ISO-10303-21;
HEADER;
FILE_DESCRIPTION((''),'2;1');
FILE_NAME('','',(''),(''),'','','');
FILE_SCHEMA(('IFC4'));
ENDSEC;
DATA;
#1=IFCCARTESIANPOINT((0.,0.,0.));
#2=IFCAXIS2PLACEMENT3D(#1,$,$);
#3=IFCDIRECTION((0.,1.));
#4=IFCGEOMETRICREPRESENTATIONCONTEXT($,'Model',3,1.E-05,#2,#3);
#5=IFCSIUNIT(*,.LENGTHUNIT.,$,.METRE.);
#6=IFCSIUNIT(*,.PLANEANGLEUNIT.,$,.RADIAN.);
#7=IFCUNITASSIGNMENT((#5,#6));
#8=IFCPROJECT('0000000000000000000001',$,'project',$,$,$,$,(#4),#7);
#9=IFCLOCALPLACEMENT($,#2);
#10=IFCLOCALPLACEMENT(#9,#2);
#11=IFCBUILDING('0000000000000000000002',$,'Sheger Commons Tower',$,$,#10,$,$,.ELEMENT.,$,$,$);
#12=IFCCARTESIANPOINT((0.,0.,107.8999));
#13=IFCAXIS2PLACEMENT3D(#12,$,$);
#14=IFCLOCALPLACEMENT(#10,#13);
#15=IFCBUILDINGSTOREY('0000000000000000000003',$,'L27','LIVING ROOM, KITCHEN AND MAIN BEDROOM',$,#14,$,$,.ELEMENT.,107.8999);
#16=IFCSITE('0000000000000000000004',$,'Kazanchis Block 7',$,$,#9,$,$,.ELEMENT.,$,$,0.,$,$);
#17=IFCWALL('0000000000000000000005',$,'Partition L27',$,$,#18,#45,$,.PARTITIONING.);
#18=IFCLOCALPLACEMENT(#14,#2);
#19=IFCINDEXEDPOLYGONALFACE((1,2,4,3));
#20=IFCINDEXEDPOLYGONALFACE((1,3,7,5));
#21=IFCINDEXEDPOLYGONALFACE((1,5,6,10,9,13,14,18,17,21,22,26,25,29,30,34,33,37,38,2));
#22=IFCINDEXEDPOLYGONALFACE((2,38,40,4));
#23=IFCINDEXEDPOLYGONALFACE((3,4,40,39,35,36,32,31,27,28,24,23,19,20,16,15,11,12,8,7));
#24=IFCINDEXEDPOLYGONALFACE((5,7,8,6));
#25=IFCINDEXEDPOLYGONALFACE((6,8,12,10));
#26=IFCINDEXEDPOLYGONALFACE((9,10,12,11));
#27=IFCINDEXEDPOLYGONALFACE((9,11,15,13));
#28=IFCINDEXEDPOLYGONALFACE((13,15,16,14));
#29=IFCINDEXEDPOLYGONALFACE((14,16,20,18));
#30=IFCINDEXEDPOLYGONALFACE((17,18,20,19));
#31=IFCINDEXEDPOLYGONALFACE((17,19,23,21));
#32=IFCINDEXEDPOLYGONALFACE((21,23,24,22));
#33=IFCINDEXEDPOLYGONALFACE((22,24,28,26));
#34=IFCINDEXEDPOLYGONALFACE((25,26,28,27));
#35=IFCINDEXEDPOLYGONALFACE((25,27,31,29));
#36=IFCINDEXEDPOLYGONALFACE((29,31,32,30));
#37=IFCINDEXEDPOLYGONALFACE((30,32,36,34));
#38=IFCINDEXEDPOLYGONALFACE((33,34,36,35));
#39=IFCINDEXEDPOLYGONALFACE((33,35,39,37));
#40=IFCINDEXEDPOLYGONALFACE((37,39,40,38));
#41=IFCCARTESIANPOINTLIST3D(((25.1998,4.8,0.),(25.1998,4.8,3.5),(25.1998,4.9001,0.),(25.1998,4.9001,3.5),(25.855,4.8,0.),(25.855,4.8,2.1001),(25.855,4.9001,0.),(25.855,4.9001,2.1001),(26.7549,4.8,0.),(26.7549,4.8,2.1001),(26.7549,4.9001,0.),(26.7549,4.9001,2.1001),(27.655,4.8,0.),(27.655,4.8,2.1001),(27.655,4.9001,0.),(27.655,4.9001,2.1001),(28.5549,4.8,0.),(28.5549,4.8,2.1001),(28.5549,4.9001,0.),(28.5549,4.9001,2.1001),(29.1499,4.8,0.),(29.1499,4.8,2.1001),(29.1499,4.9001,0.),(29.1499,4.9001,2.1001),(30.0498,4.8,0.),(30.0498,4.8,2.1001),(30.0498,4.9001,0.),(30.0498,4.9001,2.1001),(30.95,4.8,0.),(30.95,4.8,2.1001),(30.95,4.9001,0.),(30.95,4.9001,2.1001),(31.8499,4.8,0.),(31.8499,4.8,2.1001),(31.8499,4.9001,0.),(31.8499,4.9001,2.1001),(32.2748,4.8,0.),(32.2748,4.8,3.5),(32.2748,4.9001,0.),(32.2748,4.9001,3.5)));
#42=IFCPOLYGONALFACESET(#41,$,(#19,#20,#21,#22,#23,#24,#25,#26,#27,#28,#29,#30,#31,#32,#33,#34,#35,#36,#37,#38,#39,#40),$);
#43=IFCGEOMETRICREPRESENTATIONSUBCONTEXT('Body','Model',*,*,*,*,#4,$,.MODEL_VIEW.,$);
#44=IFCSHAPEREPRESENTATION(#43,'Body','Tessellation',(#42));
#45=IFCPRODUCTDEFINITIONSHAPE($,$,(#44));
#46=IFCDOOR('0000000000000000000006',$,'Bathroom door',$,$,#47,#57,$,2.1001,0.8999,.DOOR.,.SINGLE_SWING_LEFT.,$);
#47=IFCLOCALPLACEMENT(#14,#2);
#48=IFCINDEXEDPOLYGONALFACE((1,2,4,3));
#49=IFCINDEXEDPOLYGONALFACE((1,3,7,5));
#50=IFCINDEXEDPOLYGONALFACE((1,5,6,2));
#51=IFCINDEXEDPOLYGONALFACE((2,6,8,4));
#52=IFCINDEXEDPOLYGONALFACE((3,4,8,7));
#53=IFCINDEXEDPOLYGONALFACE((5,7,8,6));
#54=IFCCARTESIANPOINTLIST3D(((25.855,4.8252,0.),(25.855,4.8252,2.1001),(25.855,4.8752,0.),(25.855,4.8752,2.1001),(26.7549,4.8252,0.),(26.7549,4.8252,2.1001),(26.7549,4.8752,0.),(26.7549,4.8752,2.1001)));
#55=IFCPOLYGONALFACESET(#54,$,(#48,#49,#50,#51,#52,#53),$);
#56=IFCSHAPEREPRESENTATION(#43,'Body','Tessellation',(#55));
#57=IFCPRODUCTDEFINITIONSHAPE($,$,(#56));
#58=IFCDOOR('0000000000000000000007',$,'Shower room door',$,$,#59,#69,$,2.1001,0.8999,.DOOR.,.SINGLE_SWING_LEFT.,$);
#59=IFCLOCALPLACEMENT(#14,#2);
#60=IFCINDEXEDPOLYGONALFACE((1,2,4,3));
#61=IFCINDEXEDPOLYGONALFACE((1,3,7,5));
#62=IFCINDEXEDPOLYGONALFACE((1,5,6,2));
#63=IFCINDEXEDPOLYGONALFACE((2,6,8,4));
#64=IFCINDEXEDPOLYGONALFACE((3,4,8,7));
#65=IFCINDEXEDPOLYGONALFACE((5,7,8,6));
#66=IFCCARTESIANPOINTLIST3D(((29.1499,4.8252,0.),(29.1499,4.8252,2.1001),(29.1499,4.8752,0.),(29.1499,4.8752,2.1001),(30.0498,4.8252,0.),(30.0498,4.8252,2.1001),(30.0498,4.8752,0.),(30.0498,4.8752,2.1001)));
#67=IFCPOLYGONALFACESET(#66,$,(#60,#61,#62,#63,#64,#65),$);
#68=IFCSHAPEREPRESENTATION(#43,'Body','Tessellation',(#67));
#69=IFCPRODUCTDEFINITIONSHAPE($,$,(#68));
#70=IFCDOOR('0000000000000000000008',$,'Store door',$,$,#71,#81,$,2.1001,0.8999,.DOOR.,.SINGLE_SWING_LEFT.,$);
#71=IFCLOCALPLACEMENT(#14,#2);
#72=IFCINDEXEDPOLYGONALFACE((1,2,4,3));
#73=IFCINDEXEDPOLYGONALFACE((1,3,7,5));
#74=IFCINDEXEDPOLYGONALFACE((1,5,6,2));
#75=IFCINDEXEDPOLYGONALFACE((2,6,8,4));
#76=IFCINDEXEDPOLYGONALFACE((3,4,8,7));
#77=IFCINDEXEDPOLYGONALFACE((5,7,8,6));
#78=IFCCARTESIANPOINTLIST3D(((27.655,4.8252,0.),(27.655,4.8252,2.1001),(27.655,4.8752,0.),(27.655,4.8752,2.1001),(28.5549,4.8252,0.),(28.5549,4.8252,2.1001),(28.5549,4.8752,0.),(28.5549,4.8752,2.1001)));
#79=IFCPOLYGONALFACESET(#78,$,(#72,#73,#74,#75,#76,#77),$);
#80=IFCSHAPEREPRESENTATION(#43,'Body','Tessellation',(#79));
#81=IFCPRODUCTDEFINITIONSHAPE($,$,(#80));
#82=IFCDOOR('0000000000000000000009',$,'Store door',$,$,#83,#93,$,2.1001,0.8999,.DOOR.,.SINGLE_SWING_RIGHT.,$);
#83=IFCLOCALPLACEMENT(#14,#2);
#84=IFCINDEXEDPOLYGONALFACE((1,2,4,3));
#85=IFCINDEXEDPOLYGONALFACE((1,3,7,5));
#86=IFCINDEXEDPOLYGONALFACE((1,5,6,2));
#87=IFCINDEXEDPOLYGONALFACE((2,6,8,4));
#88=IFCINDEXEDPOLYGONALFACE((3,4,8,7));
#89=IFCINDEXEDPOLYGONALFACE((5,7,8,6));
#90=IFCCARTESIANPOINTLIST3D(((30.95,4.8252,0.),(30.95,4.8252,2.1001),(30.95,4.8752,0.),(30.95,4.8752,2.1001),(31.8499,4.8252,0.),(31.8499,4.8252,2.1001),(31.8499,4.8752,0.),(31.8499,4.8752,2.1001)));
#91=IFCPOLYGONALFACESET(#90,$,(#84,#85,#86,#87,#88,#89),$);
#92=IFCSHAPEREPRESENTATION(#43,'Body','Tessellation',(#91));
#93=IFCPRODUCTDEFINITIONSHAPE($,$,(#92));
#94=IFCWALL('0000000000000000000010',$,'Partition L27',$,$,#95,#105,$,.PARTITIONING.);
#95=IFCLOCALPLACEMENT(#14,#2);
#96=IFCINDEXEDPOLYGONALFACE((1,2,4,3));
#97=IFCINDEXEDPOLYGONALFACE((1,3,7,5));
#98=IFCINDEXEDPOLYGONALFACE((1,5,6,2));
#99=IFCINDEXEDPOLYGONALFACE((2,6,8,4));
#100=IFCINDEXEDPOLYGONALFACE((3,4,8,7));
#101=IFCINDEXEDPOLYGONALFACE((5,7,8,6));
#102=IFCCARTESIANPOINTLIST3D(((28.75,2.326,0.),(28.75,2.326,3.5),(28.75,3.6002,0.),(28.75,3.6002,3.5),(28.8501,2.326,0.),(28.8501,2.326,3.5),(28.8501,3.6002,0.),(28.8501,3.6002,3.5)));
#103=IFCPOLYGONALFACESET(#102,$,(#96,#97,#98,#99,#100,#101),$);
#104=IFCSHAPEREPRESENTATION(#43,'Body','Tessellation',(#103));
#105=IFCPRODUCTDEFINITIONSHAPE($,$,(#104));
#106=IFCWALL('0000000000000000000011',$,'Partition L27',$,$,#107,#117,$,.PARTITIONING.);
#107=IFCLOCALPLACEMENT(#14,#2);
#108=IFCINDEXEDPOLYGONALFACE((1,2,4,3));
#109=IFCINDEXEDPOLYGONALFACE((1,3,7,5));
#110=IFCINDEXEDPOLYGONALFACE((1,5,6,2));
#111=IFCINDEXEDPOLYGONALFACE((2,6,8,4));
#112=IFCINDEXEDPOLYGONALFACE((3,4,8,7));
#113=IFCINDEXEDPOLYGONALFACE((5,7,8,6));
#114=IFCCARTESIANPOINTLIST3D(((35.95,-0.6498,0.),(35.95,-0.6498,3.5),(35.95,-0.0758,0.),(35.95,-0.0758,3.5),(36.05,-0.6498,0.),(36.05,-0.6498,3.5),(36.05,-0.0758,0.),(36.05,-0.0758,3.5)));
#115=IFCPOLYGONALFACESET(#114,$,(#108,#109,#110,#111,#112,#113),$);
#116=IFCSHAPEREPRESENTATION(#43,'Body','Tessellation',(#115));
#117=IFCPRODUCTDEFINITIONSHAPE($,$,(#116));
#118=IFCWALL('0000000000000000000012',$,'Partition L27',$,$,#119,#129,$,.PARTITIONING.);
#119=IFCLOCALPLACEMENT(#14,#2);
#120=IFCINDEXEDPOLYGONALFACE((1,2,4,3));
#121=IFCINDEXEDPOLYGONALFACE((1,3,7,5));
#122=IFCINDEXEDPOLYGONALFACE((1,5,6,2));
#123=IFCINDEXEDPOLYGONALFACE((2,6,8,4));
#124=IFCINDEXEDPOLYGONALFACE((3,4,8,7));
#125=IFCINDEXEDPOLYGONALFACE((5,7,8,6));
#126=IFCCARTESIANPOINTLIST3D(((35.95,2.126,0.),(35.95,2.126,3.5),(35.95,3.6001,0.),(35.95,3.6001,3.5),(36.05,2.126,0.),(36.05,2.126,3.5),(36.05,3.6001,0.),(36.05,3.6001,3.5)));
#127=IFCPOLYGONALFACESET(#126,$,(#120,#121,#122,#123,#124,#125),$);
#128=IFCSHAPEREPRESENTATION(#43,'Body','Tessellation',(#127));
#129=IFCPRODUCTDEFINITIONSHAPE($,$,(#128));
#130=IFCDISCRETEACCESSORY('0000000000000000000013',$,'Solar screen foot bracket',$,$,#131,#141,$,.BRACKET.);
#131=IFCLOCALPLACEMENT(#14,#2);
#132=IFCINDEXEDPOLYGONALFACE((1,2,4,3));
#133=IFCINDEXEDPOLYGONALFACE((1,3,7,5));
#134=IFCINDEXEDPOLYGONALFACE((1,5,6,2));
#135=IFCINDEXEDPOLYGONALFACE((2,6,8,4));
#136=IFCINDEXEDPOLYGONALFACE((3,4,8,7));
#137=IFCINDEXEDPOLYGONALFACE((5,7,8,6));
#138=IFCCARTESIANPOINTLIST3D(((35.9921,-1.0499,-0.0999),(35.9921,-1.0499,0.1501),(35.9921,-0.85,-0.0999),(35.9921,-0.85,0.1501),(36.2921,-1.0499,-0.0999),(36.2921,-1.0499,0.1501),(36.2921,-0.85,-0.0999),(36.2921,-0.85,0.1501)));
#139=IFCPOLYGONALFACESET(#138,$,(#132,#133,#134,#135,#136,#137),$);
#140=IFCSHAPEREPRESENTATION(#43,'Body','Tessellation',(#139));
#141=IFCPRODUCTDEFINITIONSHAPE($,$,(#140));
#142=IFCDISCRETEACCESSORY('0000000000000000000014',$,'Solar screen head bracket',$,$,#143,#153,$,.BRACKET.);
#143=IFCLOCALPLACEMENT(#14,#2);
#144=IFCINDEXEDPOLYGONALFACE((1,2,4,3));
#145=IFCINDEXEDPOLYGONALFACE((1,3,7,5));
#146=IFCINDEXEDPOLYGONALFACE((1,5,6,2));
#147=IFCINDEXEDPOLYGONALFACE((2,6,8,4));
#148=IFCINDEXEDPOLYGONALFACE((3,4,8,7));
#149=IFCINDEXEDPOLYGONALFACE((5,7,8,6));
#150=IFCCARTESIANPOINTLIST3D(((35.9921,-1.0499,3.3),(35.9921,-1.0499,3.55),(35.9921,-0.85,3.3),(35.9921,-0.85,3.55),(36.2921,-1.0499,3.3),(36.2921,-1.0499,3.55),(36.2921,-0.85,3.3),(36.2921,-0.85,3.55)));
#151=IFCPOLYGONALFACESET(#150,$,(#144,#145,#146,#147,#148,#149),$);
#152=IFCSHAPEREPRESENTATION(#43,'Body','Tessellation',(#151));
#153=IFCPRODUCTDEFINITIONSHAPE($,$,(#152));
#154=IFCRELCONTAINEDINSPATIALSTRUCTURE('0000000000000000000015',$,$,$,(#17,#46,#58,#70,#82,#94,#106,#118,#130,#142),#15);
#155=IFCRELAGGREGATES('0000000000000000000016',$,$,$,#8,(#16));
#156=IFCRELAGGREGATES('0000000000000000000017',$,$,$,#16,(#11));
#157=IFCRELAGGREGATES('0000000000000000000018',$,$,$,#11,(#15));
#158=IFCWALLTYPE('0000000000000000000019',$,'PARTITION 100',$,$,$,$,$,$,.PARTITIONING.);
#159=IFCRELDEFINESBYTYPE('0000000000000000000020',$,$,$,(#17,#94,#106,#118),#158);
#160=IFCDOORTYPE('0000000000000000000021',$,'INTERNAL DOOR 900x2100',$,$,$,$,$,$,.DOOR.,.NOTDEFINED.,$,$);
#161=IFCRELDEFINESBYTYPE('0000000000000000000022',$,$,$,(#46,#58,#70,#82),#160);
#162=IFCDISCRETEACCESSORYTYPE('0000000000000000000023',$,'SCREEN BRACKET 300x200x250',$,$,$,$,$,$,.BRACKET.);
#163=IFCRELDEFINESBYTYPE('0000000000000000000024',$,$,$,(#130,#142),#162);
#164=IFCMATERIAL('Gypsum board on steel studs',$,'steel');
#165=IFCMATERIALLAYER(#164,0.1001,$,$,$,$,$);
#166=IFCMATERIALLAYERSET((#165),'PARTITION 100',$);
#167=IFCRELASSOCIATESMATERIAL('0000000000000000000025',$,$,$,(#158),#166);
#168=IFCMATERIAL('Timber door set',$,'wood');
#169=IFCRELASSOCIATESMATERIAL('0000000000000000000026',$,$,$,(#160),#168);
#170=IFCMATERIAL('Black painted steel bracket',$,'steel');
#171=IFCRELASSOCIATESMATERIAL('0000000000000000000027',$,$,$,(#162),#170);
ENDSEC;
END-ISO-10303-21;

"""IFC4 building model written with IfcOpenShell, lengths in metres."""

from ifc_helpers import new_model, si_unit, direction, frame, frame_2d, origin, origin_2d, place, context, subcontext, project, spatial, rectangle, extrude, material, layer, layer_set, type_object, element, fill, save


model = new_model("IFC4")

# Units and contexts
model_context = context("Model", 3, precision=1e-05, world=origin(), true_north=direction((0.0, 1.0)))
body_context = subcontext(model_context, "Body", "Model", "MODEL_VIEW")
ifc_project = project(units=[si_unit("LENGTHUNIT", "METRE"), si_unit("PLANEANGLEUNIT", "RADIAN")], contexts=[model_context])

# Site, building, storey
site_placement = place(None, origin())
site = spatial("IfcSite", under=ifc_project, at=site_placement, Name="Kazanchis Block 7", CompositionType="ELEMENT", RefElevation=0.0)
building_placement = place(site_placement, origin())
building = spatial("IfcBuilding", under=site, at=building_placement, Name="Sheger Commons Tower", CompositionType="ELEMENT")
storey_placement = place(building_placement, frame((0.0, 0.0, 107.8999)))
storey = spatial("IfcBuildingStorey", under=building, at=storey_placement, Name="L27", Description="LIVING ROOM, KITCHEN AND MAIN BEDROOM", CompositionType="ELEMENT", Elevation=107.8999)

# Wall, openings, doors
ifc_material_1 = material(Name="Gypsum board on steel studs", Category="steel")
ifc_layer_1 = layer(ifc_material_1, 0.1001)
ifc_layer_set_1 = layer_set([ifc_layer_1], Name="PARTITION 100")
wall_type_1 = type_object("IfcWallType", Name="PARTITION 100", PredefinedType="PARTITIONING", material=ifc_layer_set_1)
ifc_material_2 = material(Name="Timber door set", Category="wood")
door_type = type_object("IfcDoorType", Name="INTERNAL DOOR 900x2100", OperationType="NOTDEFINED", PredefinedType="DOOR", material=ifc_material_2)
wall_1_placement = place(storey_placement, frame((32.2749, 4.8501, 0.0), z_axis=(0.0, 0.0, 1.0), x_axis=(-1.0, 0.0, 0.0)))
wall_1 = element("IfcWall", 1, at=wall_1_placement, inside=storey, type_object=wall_type_1, Name="Partition L27", PredefinedType="PARTITIONING", context=body_context, shape_type="SweptSolid", body=[
    extrude(rectangle(XDim=7.075, YDim=0.1001, at=frame_2d((3.5376, 0.0))), origin(), (0.0, 0.0, 1.0), 3.5),
])
opening_1_placement = place(wall_1_placement, frame((5.52, 0.0, 0.0)))
opening_1 = element("IfcOpeningElement", 2, at=opening_1_placement, cuts=wall_1, PredefinedType="OPENING", context=body_context, shape_type="SweptSolid", body=[
    extrude(rectangle(XDim=0.8999, YDim=2.1001, at=frame_2d((0.45, 1.05))), frame((0.0, 0.0601, 0.0), z_axis=(0.0, -1.0, 0.0), x_axis=(1.0, 0.0, 0.0)), (0.0, 0.0, 1.0), 0.1201),
])
opening_2_placement = place(wall_1_placement, frame((2.2251, 0.0, 0.0)))
opening_2 = element("IfcOpeningElement", 3, at=opening_2_placement, cuts=wall_1, PredefinedType="OPENING", context=body_context, shape_type="SweptSolid", body=[
    extrude(rectangle(XDim=0.8999, YDim=2.1001, at=frame_2d((0.45, 1.05))), frame((0.0, 0.0601, 0.0), z_axis=(0.0, -1.0, 0.0), x_axis=(1.0, 0.0, 0.0)), (0.0, 0.0, 1.0), 0.1201),
])
opening_3_placement = place(wall_1_placement, frame((3.72, 0.0, 0.0)))
opening_3 = element("IfcOpeningElement", 4, at=opening_3_placement, cuts=wall_1, PredefinedType="OPENING", context=body_context, shape_type="SweptSolid", body=[
    extrude(rectangle(XDim=0.8999, YDim=2.1001, at=frame_2d((0.45, 1.05))), frame((0.0, 0.0601, 0.0), z_axis=(0.0, -1.0, 0.0), x_axis=(1.0, 0.0, 0.0)), (0.0, 0.0, 1.0), 0.1201),
])
opening_4_placement = place(wall_1_placement, frame((0.425, 0.0, 0.0)))
opening_4 = element("IfcOpeningElement", 5, at=opening_4_placement, cuts=wall_1, PredefinedType="OPENING", context=body_context, shape_type="SweptSolid", body=[
    extrude(rectangle(XDim=0.8999, YDim=2.1001, at=frame_2d((0.45, 1.05))), frame((0.0, 0.0601, 0.0), z_axis=(0.0, -1.0, 0.0), x_axis=(1.0, 0.0, 0.0)), (0.0, 0.0, 1.0), 0.1201),
])
door_1_placement = place(opening_1_placement, origin())
door_1 = element("IfcDoor", 6, at=door_1_placement, inside=storey, type_object=door_type, Name="Bathroom door", OperationType="SINGLE_SWING_LEFT", OverallHeight=2.1001, OverallWidth=0.8999, PredefinedType="DOOR", context=body_context, shape_type="SweptSolid", body=[
    extrude(rectangle(XDim=0.8999, YDim=2.1001, at=frame_2d((0.45, 1.05))), frame((0.0, 0.0249, 0.0), z_axis=(0.0, -1.0, 0.0), x_axis=(1.0, 0.0, 0.0)), (0.0, 0.0, 1.0), 0.05),
])
fill(opening_1, door_1)
door_2_placement = place(opening_2_placement, origin())
door_2 = element("IfcDoor", 7, at=door_2_placement, inside=storey, type_object=door_type, Name="Shower room door", OperationType="SINGLE_SWING_LEFT", OverallHeight=2.1001, OverallWidth=0.8999, PredefinedType="DOOR", context=body_context, shape_type="SweptSolid", body=[
    extrude(rectangle(XDim=0.8999, YDim=2.1001, at=frame_2d((0.45, 1.05))), frame((0.0, 0.0249, 0.0), z_axis=(0.0, -1.0, 0.0), x_axis=(1.0, 0.0, 0.0)), (0.0, 0.0, 1.0), 0.05),
])
fill(opening_2, door_2)
door_3_placement = place(opening_3_placement, origin())
door_3 = element("IfcDoor", 8, at=door_3_placement, inside=storey, type_object=door_type, Name="Store door", OperationType="SINGLE_SWING_LEFT", OverallHeight=2.1001, OverallWidth=0.8999, PredefinedType="DOOR", context=body_context, shape_type="SweptSolid", body=[
    extrude(rectangle(XDim=0.8999, YDim=2.1001, at=frame_2d((0.45, 1.05))), frame((0.0, 0.0249, 0.0), z_axis=(0.0, -1.0, 0.0), x_axis=(1.0, 0.0, 0.0)), (0.0, 0.0, 1.0), 0.05),
])
fill(opening_3, door_3)
door_4_placement = place(opening_4_placement, origin())
door_4 = element("IfcDoor", 9, at=door_4_placement, inside=storey, type_object=door_type, Name="Store door", OperationType="SINGLE_SWING_RIGHT", OverallHeight=2.1001, OverallWidth=0.8999, PredefinedType="DOOR", context=body_context, shape_type="SweptSolid", body=[
    extrude(rectangle(XDim=0.8999, YDim=2.1001, at=frame_2d((0.45, 1.05))), frame((0.0, 0.0249, 0.0), z_axis=(0.0, -1.0, 0.0), x_axis=(1.0, 0.0, 0.0)), (0.0, 0.0, 1.0), 0.05),
])
fill(opening_4, door_4)

# Walls
wall_2_placement = place(storey_placement, frame((28.8, 2.3259, 0.0), z_axis=(0.0, 0.0, 1.0), x_axis=(0.0, 1.0, 0.0)))
element("IfcWall", 10, at=wall_2_placement, inside=storey, type_object=wall_type_1, Name="Partition L27", PredefinedType="PARTITIONING", context=body_context, shape_type="SweptSolid", body=[
    extrude(rectangle(XDim=1.2742, YDim=0.1001, at=frame_2d((0.6372, 0.0))), origin(), (0.0, 0.0, 1.0), 3.5),
])
wall_3_placement = place(storey_placement, frame((36.0, -0.6499, 0.0), z_axis=(0.0, 0.0, 1.0), x_axis=(0.0, 1.0, 0.0)))
element("IfcWall", 11, at=wall_3_placement, inside=storey, type_object=wall_type_1, Name="Partition L27", PredefinedType="PARTITIONING", context=body_context, shape_type="SweptSolid", body=[
    extrude(rectangle(XDim=0.574, YDim=0.1001, at=frame_2d((0.2871, 0.0))), origin(), (0.0, 0.0, 1.0), 3.5),
])
wall_4_placement = place(storey_placement, frame((36.0, 2.126, 0.0), z_axis=(0.0, 0.0, 1.0), x_axis=(0.0, 1.0, 0.0)))
element("IfcWall", 12, at=wall_4_placement, inside=storey, type_object=wall_type_1, Name="Partition L27", PredefinedType="PARTITIONING", context=body_context, shape_type="SweptSolid", body=[
    extrude(rectangle(XDim=1.4741, YDim=0.1001, at=frame_2d((0.7371, 0.0))), origin(), (0.0, 0.0, 1.0), 3.5),
])

# Discrete accessories
ifc_material_3 = material(Name="Black painted steel bracket", Category="steel")
discrete_accessory_type = type_object("IfcDiscreteAccessoryType", Name="SCREEN BRACKET 300x200x250", PredefinedType="BRACKET", material=ifc_material_3)
for number, where, z_axis, x_axis, name in (
    (13, (36.1421, -0.95, -0.0999), (0.0, 0.0, 1.0), (1.0, 0.0, 0.0), "Solar screen foot bracket"),
    (14, (36.1421, -0.95, 3.3), (0.0, 0.0, 1.0), (1.0, 0.0, 0.0), "Solar screen head bracket"),
):
    element("IfcDiscreteAccessory", number, at=place(storey_placement, frame(where, z_axis=z_axis, x_axis=x_axis)), inside=storey, type_object=discrete_accessory_type, Name=name, PredefinedType="BRACKET", context=body_context, shape_type="SweptSolid", body=[
        extrude(rectangle(XDim=0.3, YDim=0.2, at=origin_2d()), origin(), (0.0, 0.0, 1.0), 0.25),
    ])

save(model, "model.ifc")
